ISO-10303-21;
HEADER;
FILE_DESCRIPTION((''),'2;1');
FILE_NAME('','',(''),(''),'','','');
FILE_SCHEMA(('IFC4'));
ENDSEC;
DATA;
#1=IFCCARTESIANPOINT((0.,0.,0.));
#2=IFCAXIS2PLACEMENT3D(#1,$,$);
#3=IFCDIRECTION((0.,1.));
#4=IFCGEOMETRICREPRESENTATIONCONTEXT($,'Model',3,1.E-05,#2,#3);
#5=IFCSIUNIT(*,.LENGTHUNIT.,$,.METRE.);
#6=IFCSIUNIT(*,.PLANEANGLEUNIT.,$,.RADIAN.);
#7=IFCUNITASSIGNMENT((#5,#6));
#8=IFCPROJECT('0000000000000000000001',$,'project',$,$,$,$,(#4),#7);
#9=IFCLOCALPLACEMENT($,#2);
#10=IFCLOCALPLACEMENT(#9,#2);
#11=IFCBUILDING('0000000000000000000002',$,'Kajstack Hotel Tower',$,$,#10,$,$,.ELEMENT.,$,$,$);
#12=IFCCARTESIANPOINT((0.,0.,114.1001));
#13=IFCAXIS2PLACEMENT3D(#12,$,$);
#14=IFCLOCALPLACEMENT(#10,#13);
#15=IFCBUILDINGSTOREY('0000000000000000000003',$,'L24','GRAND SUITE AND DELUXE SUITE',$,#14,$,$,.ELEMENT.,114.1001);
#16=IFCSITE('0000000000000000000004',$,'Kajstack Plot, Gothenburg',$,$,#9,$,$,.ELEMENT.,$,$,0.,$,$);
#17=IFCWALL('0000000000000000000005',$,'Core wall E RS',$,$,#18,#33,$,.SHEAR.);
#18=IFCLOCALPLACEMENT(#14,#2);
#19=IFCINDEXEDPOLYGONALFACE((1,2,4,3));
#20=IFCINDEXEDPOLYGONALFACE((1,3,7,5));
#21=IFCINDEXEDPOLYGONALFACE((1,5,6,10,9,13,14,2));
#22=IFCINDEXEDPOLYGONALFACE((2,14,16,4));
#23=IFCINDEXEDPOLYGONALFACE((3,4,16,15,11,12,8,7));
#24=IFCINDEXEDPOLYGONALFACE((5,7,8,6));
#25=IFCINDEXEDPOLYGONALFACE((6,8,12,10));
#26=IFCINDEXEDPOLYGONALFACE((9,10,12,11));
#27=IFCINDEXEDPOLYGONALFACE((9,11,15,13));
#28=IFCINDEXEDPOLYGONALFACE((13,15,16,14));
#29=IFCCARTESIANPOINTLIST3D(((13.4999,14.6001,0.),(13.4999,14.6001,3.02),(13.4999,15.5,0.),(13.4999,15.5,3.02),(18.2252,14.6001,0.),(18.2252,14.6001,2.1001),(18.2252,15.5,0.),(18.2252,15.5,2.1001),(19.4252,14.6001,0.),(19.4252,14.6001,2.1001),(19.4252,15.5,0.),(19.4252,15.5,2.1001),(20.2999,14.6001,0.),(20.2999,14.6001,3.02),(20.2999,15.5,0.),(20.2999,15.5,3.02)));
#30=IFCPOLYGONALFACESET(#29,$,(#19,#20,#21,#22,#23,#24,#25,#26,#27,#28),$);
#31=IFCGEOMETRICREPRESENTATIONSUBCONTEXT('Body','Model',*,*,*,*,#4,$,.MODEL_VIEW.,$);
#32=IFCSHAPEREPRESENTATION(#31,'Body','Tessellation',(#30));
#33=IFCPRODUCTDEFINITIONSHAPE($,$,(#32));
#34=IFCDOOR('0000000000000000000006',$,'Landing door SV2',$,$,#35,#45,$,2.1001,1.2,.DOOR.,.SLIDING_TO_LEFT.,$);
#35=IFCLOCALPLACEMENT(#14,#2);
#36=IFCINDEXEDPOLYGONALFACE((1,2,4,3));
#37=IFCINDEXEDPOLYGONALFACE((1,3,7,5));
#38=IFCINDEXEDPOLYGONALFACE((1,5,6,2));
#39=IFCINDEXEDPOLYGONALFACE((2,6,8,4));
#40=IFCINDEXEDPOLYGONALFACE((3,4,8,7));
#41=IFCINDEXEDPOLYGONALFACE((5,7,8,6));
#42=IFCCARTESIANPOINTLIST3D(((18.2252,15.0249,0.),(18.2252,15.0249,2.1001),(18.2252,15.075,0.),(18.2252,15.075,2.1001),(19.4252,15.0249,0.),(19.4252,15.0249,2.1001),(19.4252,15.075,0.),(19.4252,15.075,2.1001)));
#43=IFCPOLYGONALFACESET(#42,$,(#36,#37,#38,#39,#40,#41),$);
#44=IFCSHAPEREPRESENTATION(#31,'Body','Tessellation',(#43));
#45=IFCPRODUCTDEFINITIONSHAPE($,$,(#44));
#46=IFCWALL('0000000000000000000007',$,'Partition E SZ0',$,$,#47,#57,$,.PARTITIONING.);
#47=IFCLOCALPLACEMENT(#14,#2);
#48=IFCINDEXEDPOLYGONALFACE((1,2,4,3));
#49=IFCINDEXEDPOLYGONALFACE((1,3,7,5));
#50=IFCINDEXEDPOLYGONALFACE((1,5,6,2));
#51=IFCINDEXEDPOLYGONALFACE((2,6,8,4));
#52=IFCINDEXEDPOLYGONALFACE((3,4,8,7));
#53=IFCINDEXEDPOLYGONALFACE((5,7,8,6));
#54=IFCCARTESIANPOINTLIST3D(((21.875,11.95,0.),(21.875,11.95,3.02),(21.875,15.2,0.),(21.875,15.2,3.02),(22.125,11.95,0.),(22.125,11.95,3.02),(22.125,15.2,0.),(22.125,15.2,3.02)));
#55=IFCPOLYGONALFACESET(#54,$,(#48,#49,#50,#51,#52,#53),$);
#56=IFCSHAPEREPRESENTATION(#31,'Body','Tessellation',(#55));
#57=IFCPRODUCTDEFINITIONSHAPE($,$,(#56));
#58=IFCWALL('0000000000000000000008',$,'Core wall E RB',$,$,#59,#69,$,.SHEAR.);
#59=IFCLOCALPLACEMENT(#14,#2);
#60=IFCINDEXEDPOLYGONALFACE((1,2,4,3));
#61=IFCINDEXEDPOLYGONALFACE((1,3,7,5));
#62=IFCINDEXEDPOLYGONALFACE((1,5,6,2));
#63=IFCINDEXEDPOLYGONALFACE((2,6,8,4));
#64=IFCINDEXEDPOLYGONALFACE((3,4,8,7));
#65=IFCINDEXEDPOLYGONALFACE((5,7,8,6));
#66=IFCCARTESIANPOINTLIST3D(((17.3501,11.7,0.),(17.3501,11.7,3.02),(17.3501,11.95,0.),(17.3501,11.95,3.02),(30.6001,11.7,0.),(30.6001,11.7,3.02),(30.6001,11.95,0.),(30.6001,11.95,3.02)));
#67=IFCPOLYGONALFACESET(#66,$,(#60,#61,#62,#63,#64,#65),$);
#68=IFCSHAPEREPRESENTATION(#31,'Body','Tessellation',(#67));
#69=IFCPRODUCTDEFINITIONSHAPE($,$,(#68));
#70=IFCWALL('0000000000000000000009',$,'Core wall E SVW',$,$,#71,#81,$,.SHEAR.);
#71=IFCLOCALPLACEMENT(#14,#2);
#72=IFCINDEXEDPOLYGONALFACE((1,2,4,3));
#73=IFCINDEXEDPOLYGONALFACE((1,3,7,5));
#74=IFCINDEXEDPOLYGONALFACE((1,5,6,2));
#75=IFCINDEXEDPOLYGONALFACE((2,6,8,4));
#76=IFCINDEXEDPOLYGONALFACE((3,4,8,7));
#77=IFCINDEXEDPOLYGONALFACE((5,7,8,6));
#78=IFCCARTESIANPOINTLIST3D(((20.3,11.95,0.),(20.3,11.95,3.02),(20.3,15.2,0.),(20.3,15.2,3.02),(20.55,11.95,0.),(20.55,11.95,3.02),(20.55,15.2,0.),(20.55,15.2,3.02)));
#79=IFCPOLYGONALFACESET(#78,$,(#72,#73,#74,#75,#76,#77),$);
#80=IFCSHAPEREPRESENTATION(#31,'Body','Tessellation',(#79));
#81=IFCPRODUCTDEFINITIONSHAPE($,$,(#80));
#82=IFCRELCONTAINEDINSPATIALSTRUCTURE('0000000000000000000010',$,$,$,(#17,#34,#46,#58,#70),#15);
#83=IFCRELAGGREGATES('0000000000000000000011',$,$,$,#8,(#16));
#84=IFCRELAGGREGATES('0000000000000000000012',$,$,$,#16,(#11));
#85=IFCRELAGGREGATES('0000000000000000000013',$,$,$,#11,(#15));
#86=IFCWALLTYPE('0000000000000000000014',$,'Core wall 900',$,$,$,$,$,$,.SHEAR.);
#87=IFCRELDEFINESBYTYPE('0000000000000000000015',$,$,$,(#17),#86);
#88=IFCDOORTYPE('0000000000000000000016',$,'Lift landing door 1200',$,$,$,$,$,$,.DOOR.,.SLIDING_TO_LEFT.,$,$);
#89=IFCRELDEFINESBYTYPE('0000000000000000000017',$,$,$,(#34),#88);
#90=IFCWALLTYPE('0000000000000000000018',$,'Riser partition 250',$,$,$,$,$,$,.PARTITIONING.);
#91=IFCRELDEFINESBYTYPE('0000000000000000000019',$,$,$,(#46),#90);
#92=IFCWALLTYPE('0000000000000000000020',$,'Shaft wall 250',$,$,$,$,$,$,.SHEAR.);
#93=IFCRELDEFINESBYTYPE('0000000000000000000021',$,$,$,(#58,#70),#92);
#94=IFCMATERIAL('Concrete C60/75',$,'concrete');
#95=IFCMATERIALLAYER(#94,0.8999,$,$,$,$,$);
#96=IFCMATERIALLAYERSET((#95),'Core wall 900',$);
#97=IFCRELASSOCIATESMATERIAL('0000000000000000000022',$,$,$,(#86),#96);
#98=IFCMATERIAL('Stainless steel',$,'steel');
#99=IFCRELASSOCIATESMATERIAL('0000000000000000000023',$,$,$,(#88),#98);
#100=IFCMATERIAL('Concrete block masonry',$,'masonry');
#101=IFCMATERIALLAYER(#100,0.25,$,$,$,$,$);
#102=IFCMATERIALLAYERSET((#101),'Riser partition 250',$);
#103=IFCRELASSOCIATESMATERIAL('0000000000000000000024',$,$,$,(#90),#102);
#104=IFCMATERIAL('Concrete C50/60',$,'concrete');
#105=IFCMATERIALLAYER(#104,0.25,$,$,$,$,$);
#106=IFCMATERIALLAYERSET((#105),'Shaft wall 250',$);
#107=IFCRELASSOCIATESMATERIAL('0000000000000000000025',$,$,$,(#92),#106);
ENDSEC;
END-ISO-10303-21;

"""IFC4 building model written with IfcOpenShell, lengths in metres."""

from ifc_helpers import new_model, si_unit, direction, frame, frame_2d, origin, place, context, subcontext, project, spatial, rectangle, extrude, material, layer, layer_set, type_object, element, fill, save


model = new_model("IFC4")

# Units and contexts
model_context = context("Model", 3, precision=1e-05, world=origin(), true_north=direction((0.0, 1.0)))
body_context = subcontext(model_context, "Body", "Model", "MODEL_VIEW")
ifc_project = project(units=[si_unit("LENGTHUNIT", "METRE"), si_unit("PLANEANGLEUNIT", "RADIAN")], contexts=[model_context])

# Site, building, storey
site_placement = place(None, origin())
site = spatial("IfcSite", under=ifc_project, at=site_placement, Name="Kajstack Plot, Gothenburg", CompositionType="ELEMENT", RefElevation=0.0)
building_placement = place(site_placement, origin())
building = spatial("IfcBuilding", under=site, at=building_placement, Name="Kajstack Hotel Tower", CompositionType="ELEMENT")
storey_placement = place(building_placement, frame((0.0, 0.0, 114.1001)))
storey = spatial("IfcBuildingStorey", under=building, at=storey_placement, Name="L24", Description="GRAND SUITE AND DELUXE SUITE", CompositionType="ELEMENT", Elevation=114.1001)

# Wall, opening, door
ifc_material_1 = material(Name="Concrete C60/75", Category="concrete")
ifc_layer_1 = layer(ifc_material_1, 0.8999)
ifc_layer_set_1 = layer_set([ifc_layer_1], Name="Core wall 900")
wall_type_1 = type_object("IfcWallType", Name="Core wall 900", PredefinedType="SHEAR", material=ifc_layer_set_1)
wall_1_placement = place(storey_placement, frame((13.5, 15.05, 0.0), z_axis=(0.0, 0.0, 1.0), x_axis=(1.0, 0.0, 0.0)))
wall_1 = element("IfcWall", 1, at=wall_1_placement, inside=storey, type_object=wall_type_1, Name="Core wall E RS", PredefinedType="SHEAR", context=body_context, shape_type="SweptSolid", body=[
    extrude(rectangle(XDim=6.8, YDim=0.8999, at=frame_2d((3.3999, 0.0))), origin(), (0.0, 0.0, 1.0), 3.02),
])
opening_placement = place(wall_1_placement, frame((4.7251, 0.0, 0.0)))
opening = element("IfcOpeningElement", 2, at=opening_placement, cuts=wall_1, PredefinedType="OPENING", context=body_context, shape_type="SweptSolid", body=[
    extrude(rectangle(XDim=1.2, YDim=2.1001, at=frame_2d((0.6001, 1.05))), frame((0.0, 0.46, 0.0), z_axis=(0.0, -1.0, 0.0), x_axis=(1.0, 0.0, 0.0)), (0.0, 0.0, 1.0), 0.9199),
])
ifc_material_2 = material(Name="Stainless steel", Category="steel")
door_type = type_object("IfcDoorType", Name="Lift landing door 1200", OperationType="SLIDING_TO_LEFT", PredefinedType="DOOR", material=ifc_material_2)
door_placement = place(opening_placement, origin())
door = element("IfcDoor", 3, at=door_placement, inside=storey, type_object=door_type, Name="Landing door SV2", OperationType="SLIDING_TO_LEFT", OverallHeight=2.1001, OverallWidth=1.2, PredefinedType="DOOR", context=body_context, shape_type="SweptSolid", body=[
    extrude(rectangle(XDim=1.2, YDim=2.1001, at=frame_2d((0.6001, 1.05))), frame((0.0, 0.0249, 0.0), z_axis=(0.0, -1.0, 0.0), x_axis=(1.0, 0.0, 0.0)), (0.0, 0.0, 1.0), 0.05),
])
fill(opening, door)

# Walls
ifc_material_3 = material(Name="Concrete block masonry", Category="masonry")
ifc_layer_2 = layer(ifc_material_3, 0.25)
ifc_layer_set_2 = layer_set([ifc_layer_2], Name="Riser partition 250")
wall_type_2 = type_object("IfcWallType", Name="Riser partition 250", PredefinedType="PARTITIONING", material=ifc_layer_set_2)
wall_2_placement = place(storey_placement, frame((22.0, 11.95, 0.0), z_axis=(0.0, 0.0, 1.0), x_axis=(0.0, 1.0, 0.0)))
element("IfcWall", 4, at=wall_2_placement, inside=storey, type_object=wall_type_2, Name="Partition E SZ0", PredefinedType="PARTITIONING", context=body_context, shape_type="SweptSolid", body=[
    extrude(rectangle(XDim=3.25, YDim=0.25, at=frame_2d((1.625, 0.0))), origin(), (0.0, 0.0, 1.0), 3.02),
])
ifc_material_4 = material(Name="Concrete C50/60", Category="concrete")
ifc_layer_3 = layer(ifc_material_4, 0.25)
ifc_layer_set_3 = layer_set([ifc_layer_3], Name="Shaft wall 250")
wall_type_3 = type_object("IfcWallType", Name="Shaft wall 250", PredefinedType="SHEAR", material=ifc_layer_set_3)
wall_3_placement = place(storey_placement, frame((17.3501, 11.825, 0.0), z_axis=(0.0, 0.0, 1.0), x_axis=(1.0, 0.0, 0.0)))
element("IfcWall", 5, at=wall_3_placement, inside=storey, type_object=wall_type_3, Name="Core wall E RB", PredefinedType="SHEAR", context=body_context, shape_type="SweptSolid", body=[
    extrude(rectangle(XDim=13.25, YDim=0.25, at=frame_2d((6.625, 0.0))), origin(), (0.0, 0.0, 1.0), 3.02),
])
wall_4_placement = place(storey_placement, frame((20.425, 11.95, 0.0), z_axis=(0.0, 0.0, 1.0), x_axis=(0.0, 1.0, 0.0)))
element("IfcWall", 6, at=wall_4_placement, inside=storey, type_object=wall_type_3, Name="Core wall E SVW", PredefinedType="SHEAR", context=body_context, shape_type="SweptSolid", body=[
    extrude(rectangle(XDim=3.25, YDim=0.25, at=frame_2d((1.625, 0.0))), origin(), (0.0, 0.0, 1.0), 3.02),
])

save(model, "model.ifc")
